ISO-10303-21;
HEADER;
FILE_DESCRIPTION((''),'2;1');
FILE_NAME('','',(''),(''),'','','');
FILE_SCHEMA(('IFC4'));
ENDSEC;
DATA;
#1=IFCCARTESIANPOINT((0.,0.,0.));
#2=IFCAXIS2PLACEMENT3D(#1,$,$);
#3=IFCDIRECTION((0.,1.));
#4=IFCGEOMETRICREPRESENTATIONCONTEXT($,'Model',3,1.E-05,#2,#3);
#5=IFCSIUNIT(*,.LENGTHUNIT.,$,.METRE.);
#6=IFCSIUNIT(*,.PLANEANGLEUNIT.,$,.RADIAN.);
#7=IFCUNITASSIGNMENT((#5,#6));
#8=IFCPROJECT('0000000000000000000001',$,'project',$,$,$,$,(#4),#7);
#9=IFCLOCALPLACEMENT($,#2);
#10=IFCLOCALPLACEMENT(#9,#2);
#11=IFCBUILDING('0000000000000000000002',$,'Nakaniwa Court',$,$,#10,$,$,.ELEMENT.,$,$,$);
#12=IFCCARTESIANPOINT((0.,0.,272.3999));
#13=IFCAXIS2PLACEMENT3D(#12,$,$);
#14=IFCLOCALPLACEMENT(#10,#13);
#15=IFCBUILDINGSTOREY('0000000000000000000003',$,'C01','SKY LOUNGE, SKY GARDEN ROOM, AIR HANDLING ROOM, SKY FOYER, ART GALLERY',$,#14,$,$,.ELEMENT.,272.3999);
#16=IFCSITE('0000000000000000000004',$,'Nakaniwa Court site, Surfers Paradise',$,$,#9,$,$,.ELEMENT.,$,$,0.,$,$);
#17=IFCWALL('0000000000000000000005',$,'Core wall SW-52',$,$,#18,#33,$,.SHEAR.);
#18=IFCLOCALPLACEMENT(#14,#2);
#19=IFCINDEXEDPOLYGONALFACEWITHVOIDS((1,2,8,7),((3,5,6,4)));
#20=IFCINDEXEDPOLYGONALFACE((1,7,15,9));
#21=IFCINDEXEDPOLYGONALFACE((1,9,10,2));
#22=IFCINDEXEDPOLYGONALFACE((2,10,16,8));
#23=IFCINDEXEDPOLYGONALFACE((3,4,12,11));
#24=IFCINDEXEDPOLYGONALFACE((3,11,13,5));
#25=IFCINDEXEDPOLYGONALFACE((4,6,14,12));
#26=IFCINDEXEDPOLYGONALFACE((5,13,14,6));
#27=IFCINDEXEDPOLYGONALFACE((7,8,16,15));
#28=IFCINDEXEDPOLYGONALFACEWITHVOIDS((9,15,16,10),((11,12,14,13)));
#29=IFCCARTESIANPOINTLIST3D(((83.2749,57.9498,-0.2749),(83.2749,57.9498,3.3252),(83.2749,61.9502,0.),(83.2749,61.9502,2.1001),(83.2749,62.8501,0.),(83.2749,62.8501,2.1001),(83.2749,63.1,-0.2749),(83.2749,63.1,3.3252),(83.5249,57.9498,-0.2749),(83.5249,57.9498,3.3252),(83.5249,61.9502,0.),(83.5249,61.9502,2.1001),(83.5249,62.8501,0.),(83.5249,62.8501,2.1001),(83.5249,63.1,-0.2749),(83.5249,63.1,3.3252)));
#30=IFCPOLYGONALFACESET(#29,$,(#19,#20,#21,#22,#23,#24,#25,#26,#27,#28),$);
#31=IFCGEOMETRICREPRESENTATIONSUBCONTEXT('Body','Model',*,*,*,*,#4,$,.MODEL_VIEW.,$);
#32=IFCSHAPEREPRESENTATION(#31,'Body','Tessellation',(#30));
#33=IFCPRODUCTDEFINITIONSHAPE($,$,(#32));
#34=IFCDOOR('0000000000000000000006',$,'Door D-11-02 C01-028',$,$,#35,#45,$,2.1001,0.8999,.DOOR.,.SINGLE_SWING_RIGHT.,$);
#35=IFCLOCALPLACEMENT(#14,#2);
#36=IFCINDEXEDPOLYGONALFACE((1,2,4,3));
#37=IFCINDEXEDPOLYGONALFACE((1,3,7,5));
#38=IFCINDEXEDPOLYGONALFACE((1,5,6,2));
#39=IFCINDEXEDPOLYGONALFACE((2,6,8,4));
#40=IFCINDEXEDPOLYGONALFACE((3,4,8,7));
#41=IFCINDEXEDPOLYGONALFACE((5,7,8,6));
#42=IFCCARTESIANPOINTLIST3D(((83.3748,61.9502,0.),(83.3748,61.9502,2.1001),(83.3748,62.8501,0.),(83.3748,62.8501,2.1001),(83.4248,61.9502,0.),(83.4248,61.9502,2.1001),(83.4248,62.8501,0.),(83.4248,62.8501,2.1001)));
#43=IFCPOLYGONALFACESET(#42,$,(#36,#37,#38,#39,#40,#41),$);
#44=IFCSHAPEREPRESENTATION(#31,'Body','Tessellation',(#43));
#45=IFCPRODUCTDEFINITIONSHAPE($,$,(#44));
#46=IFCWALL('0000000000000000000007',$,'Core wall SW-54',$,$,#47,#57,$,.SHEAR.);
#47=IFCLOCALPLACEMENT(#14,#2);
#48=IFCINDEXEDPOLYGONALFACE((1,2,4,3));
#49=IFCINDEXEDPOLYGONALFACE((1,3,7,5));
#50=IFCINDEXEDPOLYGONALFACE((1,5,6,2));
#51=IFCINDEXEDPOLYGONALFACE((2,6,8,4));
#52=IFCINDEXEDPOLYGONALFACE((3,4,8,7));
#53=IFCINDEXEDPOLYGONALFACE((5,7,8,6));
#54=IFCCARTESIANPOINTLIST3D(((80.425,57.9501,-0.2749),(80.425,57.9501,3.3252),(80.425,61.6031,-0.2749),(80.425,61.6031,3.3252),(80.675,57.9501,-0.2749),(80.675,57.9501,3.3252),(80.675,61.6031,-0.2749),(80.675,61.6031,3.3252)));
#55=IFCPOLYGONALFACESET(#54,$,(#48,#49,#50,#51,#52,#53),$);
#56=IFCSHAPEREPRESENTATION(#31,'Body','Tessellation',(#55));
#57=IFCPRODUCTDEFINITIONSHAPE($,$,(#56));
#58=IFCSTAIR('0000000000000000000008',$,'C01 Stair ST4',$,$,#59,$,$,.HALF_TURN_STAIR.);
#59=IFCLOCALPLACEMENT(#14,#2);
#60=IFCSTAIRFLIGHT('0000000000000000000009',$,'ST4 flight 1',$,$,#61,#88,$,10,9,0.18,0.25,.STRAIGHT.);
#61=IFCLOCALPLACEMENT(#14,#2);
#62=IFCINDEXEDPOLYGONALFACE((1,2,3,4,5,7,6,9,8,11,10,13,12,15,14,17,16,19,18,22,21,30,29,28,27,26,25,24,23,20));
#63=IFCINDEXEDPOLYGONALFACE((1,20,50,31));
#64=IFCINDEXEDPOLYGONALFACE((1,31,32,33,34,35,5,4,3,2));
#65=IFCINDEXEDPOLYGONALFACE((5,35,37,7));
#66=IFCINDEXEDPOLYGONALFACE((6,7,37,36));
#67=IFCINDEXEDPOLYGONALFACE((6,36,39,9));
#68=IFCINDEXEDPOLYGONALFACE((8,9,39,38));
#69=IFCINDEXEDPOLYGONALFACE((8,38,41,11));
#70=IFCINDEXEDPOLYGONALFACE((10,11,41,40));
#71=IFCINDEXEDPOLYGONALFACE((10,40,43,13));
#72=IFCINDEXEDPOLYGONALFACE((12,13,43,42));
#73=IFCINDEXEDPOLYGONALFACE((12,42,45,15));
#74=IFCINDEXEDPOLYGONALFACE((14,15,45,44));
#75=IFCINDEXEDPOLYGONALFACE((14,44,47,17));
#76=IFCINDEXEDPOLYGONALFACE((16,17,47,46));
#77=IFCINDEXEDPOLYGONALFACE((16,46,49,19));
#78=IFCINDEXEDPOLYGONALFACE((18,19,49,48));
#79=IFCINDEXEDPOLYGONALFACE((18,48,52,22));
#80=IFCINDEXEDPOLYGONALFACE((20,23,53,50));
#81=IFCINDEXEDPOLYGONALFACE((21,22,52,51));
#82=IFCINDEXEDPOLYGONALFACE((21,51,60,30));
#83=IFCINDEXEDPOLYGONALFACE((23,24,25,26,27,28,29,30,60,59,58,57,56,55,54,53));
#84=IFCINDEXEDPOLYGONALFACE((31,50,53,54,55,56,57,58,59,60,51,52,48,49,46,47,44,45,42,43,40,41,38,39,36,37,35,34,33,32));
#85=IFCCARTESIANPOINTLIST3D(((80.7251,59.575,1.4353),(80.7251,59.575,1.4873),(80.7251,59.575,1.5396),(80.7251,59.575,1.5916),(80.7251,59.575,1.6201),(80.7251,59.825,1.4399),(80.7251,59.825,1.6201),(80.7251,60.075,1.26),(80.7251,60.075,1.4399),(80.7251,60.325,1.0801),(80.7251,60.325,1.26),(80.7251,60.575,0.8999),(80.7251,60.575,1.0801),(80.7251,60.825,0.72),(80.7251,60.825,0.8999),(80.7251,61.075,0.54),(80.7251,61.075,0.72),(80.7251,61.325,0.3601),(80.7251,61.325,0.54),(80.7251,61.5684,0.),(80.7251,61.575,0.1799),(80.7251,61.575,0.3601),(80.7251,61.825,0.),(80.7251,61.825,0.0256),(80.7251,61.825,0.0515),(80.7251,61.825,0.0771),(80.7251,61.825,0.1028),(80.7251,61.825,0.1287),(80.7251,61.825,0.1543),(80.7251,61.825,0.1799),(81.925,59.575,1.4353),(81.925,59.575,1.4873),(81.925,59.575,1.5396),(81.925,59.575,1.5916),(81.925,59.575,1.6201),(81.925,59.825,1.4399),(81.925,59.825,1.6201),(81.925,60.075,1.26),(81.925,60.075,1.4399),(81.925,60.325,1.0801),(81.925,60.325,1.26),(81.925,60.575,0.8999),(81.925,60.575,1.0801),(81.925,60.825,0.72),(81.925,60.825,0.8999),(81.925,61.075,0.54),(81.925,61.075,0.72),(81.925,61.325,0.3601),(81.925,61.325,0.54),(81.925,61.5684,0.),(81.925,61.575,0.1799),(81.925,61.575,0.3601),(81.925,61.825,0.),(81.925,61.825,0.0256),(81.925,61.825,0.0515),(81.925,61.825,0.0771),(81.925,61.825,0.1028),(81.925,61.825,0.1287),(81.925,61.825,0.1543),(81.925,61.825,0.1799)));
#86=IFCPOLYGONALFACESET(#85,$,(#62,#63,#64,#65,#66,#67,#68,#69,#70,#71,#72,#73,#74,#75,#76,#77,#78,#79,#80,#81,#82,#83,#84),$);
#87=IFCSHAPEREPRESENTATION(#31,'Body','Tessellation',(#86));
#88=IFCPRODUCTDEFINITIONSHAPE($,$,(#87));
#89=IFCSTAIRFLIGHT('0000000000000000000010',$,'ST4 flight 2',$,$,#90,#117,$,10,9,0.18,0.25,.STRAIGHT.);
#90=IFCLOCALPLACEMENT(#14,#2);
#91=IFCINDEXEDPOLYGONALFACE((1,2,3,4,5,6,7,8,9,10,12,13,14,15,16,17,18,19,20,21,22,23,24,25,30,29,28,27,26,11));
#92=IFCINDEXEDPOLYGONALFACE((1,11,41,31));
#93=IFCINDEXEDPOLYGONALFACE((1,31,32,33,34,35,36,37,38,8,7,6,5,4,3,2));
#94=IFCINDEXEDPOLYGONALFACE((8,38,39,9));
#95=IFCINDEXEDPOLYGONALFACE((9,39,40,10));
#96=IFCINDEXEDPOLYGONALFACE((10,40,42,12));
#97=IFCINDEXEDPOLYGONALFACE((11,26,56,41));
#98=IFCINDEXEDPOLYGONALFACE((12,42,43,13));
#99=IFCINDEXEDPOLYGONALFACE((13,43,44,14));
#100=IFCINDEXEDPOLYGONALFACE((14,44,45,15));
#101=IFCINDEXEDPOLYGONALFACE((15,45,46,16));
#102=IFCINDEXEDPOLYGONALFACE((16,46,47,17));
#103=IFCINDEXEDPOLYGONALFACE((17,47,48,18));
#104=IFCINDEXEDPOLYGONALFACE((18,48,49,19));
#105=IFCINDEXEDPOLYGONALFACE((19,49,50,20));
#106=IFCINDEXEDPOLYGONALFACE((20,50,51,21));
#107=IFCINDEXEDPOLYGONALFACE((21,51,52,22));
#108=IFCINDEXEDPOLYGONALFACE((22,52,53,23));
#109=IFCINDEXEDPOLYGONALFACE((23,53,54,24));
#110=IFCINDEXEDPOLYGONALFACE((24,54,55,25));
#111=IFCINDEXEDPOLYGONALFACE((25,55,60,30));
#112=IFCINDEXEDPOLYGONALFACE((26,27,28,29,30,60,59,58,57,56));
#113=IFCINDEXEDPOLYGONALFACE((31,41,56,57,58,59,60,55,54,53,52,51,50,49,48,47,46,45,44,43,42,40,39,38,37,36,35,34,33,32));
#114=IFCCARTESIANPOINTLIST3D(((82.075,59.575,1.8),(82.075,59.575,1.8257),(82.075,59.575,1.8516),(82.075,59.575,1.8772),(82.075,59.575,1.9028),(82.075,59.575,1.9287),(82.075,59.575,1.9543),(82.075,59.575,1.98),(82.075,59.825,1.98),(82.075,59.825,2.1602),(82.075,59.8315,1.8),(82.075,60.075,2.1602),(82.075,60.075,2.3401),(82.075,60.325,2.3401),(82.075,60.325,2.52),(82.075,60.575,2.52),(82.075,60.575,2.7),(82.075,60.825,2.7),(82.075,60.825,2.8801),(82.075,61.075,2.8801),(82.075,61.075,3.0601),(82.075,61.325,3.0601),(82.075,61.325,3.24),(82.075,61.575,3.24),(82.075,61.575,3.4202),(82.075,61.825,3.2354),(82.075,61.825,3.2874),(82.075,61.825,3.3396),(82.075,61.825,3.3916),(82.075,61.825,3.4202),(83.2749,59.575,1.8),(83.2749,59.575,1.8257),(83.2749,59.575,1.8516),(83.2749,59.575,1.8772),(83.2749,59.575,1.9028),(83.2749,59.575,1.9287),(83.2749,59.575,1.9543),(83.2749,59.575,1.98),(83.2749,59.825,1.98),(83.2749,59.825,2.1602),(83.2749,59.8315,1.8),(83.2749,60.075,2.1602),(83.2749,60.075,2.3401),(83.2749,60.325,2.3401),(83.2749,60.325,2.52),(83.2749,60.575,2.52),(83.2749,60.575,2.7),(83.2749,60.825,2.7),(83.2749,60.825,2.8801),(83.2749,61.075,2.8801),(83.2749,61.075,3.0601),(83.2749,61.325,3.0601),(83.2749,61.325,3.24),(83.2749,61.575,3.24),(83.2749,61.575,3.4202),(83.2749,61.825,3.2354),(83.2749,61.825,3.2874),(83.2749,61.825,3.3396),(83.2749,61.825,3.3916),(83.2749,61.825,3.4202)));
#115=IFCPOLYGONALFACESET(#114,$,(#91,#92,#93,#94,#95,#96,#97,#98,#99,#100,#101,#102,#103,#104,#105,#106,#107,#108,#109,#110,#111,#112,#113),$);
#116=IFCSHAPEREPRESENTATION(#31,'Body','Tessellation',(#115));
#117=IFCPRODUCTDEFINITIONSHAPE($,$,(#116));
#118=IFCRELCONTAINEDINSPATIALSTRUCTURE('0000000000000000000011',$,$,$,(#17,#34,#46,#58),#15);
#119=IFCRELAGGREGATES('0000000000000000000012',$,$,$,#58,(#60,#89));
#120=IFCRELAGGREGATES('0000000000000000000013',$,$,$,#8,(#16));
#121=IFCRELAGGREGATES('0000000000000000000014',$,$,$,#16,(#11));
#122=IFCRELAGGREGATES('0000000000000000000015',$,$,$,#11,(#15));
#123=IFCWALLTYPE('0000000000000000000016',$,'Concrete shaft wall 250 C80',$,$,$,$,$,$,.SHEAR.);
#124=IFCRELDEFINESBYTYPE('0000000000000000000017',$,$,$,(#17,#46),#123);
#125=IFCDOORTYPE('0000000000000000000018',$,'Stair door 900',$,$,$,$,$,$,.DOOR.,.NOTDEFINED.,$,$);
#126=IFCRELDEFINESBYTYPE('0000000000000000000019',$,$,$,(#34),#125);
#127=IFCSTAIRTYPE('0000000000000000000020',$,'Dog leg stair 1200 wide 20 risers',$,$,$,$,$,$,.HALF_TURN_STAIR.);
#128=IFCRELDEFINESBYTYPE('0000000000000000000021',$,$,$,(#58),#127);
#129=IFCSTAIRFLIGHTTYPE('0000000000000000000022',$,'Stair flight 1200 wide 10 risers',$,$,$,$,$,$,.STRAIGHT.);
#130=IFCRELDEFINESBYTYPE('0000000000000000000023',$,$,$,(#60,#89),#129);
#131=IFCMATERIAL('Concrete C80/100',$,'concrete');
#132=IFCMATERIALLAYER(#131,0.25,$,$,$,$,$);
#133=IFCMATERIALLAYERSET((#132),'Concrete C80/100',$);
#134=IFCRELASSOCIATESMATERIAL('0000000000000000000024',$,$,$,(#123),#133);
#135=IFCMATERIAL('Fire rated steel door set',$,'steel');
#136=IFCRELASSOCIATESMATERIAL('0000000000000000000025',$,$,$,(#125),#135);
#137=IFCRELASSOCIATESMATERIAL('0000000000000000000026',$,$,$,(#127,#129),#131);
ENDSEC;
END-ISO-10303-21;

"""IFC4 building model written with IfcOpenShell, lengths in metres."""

from ifc_helpers import new_model, si_unit, direction, frame, frame_2d, origin, place, context, subcontext, project, spatial, polyline, rectangle, outline, extrude, material, layer, layer_set, type_object, element, fill, aggregate, save


model = new_model("IFC4")

# Units and contexts
model_context = context("Model", 3, precision=1e-05, world=origin(), true_north=direction((0.0, 1.0)))
body_context = subcontext(model_context, "Body", "Model", "MODEL_VIEW")
ifc_project = project(units=[si_unit("LENGTHUNIT", "METRE"), si_unit("PLANEANGLEUNIT", "RADIAN")], contexts=[model_context])

# Site, building, storey
site_placement = place(None, origin())
site = spatial("IfcSite", under=ifc_project, at=site_placement, Name="Nakaniwa Court site, Surfers Paradise", CompositionType="ELEMENT", RefElevation=0.0)
building_placement = place(site_placement, origin())
building = spatial("IfcBuilding", under=site, at=building_placement, Name="Nakaniwa Court", CompositionType="ELEMENT")
storey_placement = place(building_placement, frame((0.0, 0.0, 272.3999)))
storey = spatial("IfcBuildingStorey", under=building, at=storey_placement, Name="C01", Description="SKY LOUNGE, SKY GARDEN ROOM, AIR HANDLING ROOM, SKY FOYER, ART GALLERY", CompositionType="ELEMENT", Elevation=272.3999)

# Shared definitions
ifc_material_1 = material(Name="Concrete C80/100", Category="concrete")

# Shared definitions
ifc_material_2 = material(Name="Fire rated steel door set", Category="steel")

# Shared definitions
ifc_layer_1 = layer(ifc_material_1, 0.25)
ifc_layer_set_1 = layer_set([ifc_layer_1], Name="Concrete C80/100")
wall_type_1 = type_object("IfcWallType", Name="Concrete shaft wall 250 C80", PredefinedType="SHEAR", material=ifc_layer_set_1)

# Wall, opening, door
wall_1_placement = place(storey_placement, frame((83.3999, 63.1001, -0.2749), z_axis=(0.0, 0.0, 1.0), x_axis=(0.0, -1.0, 0.0)))
wall_1 = element("IfcWall", 1, at=wall_1_placement, inside=storey, type_object=wall_type_1, Name="Core wall SW-52", PredefinedType="SHEAR", context=body_context, shape_type="SweptSolid", body=[
    extrude(rectangle(XDim=5.1501, YDim=0.25, at=frame_2d((2.5752, 0.0))), origin(), (0.0, 0.0, 1.0), 3.6001),
])
opening_1_placement = place(wall_1_placement, frame((0.25, 0.0, 0.2749)))
opening_1 = element("IfcOpeningElement", 2, at=opening_1_placement, cuts=wall_1, PredefinedType="OPENING", context=body_context, shape_type="SweptSolid", body=[
    extrude(rectangle(XDim=0.8999, YDim=2.1001, at=frame_2d((0.45, 1.05))), frame((0.0, 0.135, 0.0), z_axis=(0.0, -1.0, 0.0), x_axis=(1.0, 0.0, 0.0)), (0.0, 0.0, 1.0), 0.27),
])
door_type_1 = type_object("IfcDoorType", Name="Stair door 900", OperationType="NOTDEFINED", PredefinedType="DOOR", material=ifc_material_2)
door_1_placement = place(opening_1_placement, origin())
door_1 = element("IfcDoor", 3, at=door_1_placement, inside=storey, type_object=door_type_1, Name="Door D-11-02 C01-028", OperationType="SINGLE_SWING_RIGHT", OverallHeight=2.1001, OverallWidth=0.8999, PredefinedType="DOOR", context=body_context, shape_type="SweptSolid", body=[
    extrude(rectangle(XDim=0.8999, YDim=2.1001, at=frame_2d((0.45, 1.05))), frame((0.0, 0.0249, 0.0), z_axis=(0.0, -1.0, 0.0), x_axis=(1.0, 0.0, 0.0)), (0.0, 0.0, 1.0), 0.05),
])
fill(opening_1, door_1)

# Wall
wall_2_placement = place(storey_placement, frame((80.55, 57.95, -0.2749), z_axis=(0.0, 0.0, 1.0), x_axis=(0.0, 1.0, 0.0)))
element("IfcWall", 4, at=wall_2_placement, inside=storey, type_object=wall_type_1, Name="Core wall SW-54", PredefinedType="SHEAR", context=body_context, shape_type="SweptSolid", body=[
    extrude(rectangle(XDim=3.6531, YDim=0.25, at=frame_2d((1.8267, 0.0))), origin(), (0.0, 0.0, 1.0), 3.6001),
])

# Stair, stair flights
stair_type = type_object("IfcStairType", Name="Dog leg stair 1200 wide 20 risers", PredefinedType="HALF_TURN_STAIR", material=ifc_material_1)
stair_placement = place(storey_placement, origin())
stair = element("IfcStair", 5, at=stair_placement, inside=storey, type_object=stair_type, Name="C01 Stair ST4", PredefinedType="HALF_TURN_STAIR")
stair_flight_type = type_object("IfcStairFlightType", Name="Stair flight 1200 wide 10 risers", PredefinedType="STRAIGHT", material=ifc_material_1)
stair_flight_1_placement = place(storey_placement, frame((81.325, 61.825, 0.0), z_axis=(0.0, 0.0, 1.0), x_axis=(0.0, -1.0, 0.0)))
stair_flight_1 = element("IfcStairFlight", 6, at=stair_flight_1_placement, type_object=stair_flight_type, Name="ST4 flight 1", NumberOfRisers=10, NumberOfTreads=9, PredefinedType="STRAIGHT", RiserHeight=0.18, TreadLength=0.25, context=body_context, shape_type="SweptSolid", body=[
    extrude(outline(polyline([(0.0, 0.0), (0.0, 0.0256), (0.0, 0.0515), (0.0, 0.0771), (0.0, 0.1028), (0.0, 0.1287), (0.0, 0.1543), (0.0, 0.1799), (0.25, 0.1799), (0.25, 0.3601), (0.5, 0.3601), (0.5, 0.54), (0.75, 0.54), (0.75, 0.72), (1.0, 0.72), (1.0, 0.8999), (1.25, 0.8999), (1.25, 1.0801), (1.5, 1.0801), (1.5, 1.26), (1.75, 1.26), (1.75, 1.4399), (2.0, 1.4399), (2.0, 1.6201), (2.25, 1.6201), (2.25, 1.8), (2.25, 1.7478), (2.25, 1.6958), (2.25, 1.6438), (2.25, 1.5916), (2.25, 1.5396), (2.25, 1.4873), (2.25, 1.4353), (0.2566, 0.0), (0.0, 0.0)])), frame((0.0, 0.6001, 0.0), z_axis=(0.0, -1.0, 0.0), x_axis=(1.0, 0.0, 0.0)), (0.0, 0.0, 1.0), 1.2),
])
stair_flight_2_placement = place(storey_placement, frame((82.675, 59.575, 1.8), z_axis=(0.0, 0.0, 1.0), x_axis=(0.0, 1.0, 0.0)))
stair_flight_2 = element("IfcStairFlight", 7, at=stair_flight_2_placement, type_object=stair_flight_type, Name="ST4 flight 2", NumberOfRisers=10, NumberOfTreads=9, PredefinedType="STRAIGHT", RiserHeight=0.18, TreadLength=0.25, context=body_context, shape_type="SweptSolid", body=[
    extrude(outline(polyline([(0.0, 0.0), (0.0, 0.0256), (0.0, 0.0515), (0.0, 0.0771), (0.0, 0.1028), (0.0, 0.1287), (0.0, 0.1543), (0.0, 0.1799), (0.25, 0.1799), (0.25, 0.3601), (0.5, 0.3601), (0.5, 0.54), (0.75, 0.54), (0.75, 0.72), (1.0, 0.72), (1.0, 0.8999), (1.25, 0.8999), (1.25, 1.0801), (1.5, 1.0801), (1.5, 1.26), (1.75, 1.26), (1.75, 1.4399), (2.0, 1.4399), (2.0, 1.6201), (2.25, 1.6201), (2.25, 1.8), (2.25, 1.7478), (2.25, 1.6958), (2.25, 1.6438), (2.25, 1.5916), (2.25, 1.5396), (2.25, 1.4873), (2.25, 1.4353), (0.2566, 0.0), (0.0, 0.0)])), frame((0.0, 0.6001, 0.0), z_axis=(0.0, -1.0, 0.0), x_axis=(1.0, 0.0, 0.0)), (0.0, 0.0, 1.0), 1.2),
])
aggregate(stair, [stair_flight_1, stair_flight_2])

save(model, "model.ifc")
